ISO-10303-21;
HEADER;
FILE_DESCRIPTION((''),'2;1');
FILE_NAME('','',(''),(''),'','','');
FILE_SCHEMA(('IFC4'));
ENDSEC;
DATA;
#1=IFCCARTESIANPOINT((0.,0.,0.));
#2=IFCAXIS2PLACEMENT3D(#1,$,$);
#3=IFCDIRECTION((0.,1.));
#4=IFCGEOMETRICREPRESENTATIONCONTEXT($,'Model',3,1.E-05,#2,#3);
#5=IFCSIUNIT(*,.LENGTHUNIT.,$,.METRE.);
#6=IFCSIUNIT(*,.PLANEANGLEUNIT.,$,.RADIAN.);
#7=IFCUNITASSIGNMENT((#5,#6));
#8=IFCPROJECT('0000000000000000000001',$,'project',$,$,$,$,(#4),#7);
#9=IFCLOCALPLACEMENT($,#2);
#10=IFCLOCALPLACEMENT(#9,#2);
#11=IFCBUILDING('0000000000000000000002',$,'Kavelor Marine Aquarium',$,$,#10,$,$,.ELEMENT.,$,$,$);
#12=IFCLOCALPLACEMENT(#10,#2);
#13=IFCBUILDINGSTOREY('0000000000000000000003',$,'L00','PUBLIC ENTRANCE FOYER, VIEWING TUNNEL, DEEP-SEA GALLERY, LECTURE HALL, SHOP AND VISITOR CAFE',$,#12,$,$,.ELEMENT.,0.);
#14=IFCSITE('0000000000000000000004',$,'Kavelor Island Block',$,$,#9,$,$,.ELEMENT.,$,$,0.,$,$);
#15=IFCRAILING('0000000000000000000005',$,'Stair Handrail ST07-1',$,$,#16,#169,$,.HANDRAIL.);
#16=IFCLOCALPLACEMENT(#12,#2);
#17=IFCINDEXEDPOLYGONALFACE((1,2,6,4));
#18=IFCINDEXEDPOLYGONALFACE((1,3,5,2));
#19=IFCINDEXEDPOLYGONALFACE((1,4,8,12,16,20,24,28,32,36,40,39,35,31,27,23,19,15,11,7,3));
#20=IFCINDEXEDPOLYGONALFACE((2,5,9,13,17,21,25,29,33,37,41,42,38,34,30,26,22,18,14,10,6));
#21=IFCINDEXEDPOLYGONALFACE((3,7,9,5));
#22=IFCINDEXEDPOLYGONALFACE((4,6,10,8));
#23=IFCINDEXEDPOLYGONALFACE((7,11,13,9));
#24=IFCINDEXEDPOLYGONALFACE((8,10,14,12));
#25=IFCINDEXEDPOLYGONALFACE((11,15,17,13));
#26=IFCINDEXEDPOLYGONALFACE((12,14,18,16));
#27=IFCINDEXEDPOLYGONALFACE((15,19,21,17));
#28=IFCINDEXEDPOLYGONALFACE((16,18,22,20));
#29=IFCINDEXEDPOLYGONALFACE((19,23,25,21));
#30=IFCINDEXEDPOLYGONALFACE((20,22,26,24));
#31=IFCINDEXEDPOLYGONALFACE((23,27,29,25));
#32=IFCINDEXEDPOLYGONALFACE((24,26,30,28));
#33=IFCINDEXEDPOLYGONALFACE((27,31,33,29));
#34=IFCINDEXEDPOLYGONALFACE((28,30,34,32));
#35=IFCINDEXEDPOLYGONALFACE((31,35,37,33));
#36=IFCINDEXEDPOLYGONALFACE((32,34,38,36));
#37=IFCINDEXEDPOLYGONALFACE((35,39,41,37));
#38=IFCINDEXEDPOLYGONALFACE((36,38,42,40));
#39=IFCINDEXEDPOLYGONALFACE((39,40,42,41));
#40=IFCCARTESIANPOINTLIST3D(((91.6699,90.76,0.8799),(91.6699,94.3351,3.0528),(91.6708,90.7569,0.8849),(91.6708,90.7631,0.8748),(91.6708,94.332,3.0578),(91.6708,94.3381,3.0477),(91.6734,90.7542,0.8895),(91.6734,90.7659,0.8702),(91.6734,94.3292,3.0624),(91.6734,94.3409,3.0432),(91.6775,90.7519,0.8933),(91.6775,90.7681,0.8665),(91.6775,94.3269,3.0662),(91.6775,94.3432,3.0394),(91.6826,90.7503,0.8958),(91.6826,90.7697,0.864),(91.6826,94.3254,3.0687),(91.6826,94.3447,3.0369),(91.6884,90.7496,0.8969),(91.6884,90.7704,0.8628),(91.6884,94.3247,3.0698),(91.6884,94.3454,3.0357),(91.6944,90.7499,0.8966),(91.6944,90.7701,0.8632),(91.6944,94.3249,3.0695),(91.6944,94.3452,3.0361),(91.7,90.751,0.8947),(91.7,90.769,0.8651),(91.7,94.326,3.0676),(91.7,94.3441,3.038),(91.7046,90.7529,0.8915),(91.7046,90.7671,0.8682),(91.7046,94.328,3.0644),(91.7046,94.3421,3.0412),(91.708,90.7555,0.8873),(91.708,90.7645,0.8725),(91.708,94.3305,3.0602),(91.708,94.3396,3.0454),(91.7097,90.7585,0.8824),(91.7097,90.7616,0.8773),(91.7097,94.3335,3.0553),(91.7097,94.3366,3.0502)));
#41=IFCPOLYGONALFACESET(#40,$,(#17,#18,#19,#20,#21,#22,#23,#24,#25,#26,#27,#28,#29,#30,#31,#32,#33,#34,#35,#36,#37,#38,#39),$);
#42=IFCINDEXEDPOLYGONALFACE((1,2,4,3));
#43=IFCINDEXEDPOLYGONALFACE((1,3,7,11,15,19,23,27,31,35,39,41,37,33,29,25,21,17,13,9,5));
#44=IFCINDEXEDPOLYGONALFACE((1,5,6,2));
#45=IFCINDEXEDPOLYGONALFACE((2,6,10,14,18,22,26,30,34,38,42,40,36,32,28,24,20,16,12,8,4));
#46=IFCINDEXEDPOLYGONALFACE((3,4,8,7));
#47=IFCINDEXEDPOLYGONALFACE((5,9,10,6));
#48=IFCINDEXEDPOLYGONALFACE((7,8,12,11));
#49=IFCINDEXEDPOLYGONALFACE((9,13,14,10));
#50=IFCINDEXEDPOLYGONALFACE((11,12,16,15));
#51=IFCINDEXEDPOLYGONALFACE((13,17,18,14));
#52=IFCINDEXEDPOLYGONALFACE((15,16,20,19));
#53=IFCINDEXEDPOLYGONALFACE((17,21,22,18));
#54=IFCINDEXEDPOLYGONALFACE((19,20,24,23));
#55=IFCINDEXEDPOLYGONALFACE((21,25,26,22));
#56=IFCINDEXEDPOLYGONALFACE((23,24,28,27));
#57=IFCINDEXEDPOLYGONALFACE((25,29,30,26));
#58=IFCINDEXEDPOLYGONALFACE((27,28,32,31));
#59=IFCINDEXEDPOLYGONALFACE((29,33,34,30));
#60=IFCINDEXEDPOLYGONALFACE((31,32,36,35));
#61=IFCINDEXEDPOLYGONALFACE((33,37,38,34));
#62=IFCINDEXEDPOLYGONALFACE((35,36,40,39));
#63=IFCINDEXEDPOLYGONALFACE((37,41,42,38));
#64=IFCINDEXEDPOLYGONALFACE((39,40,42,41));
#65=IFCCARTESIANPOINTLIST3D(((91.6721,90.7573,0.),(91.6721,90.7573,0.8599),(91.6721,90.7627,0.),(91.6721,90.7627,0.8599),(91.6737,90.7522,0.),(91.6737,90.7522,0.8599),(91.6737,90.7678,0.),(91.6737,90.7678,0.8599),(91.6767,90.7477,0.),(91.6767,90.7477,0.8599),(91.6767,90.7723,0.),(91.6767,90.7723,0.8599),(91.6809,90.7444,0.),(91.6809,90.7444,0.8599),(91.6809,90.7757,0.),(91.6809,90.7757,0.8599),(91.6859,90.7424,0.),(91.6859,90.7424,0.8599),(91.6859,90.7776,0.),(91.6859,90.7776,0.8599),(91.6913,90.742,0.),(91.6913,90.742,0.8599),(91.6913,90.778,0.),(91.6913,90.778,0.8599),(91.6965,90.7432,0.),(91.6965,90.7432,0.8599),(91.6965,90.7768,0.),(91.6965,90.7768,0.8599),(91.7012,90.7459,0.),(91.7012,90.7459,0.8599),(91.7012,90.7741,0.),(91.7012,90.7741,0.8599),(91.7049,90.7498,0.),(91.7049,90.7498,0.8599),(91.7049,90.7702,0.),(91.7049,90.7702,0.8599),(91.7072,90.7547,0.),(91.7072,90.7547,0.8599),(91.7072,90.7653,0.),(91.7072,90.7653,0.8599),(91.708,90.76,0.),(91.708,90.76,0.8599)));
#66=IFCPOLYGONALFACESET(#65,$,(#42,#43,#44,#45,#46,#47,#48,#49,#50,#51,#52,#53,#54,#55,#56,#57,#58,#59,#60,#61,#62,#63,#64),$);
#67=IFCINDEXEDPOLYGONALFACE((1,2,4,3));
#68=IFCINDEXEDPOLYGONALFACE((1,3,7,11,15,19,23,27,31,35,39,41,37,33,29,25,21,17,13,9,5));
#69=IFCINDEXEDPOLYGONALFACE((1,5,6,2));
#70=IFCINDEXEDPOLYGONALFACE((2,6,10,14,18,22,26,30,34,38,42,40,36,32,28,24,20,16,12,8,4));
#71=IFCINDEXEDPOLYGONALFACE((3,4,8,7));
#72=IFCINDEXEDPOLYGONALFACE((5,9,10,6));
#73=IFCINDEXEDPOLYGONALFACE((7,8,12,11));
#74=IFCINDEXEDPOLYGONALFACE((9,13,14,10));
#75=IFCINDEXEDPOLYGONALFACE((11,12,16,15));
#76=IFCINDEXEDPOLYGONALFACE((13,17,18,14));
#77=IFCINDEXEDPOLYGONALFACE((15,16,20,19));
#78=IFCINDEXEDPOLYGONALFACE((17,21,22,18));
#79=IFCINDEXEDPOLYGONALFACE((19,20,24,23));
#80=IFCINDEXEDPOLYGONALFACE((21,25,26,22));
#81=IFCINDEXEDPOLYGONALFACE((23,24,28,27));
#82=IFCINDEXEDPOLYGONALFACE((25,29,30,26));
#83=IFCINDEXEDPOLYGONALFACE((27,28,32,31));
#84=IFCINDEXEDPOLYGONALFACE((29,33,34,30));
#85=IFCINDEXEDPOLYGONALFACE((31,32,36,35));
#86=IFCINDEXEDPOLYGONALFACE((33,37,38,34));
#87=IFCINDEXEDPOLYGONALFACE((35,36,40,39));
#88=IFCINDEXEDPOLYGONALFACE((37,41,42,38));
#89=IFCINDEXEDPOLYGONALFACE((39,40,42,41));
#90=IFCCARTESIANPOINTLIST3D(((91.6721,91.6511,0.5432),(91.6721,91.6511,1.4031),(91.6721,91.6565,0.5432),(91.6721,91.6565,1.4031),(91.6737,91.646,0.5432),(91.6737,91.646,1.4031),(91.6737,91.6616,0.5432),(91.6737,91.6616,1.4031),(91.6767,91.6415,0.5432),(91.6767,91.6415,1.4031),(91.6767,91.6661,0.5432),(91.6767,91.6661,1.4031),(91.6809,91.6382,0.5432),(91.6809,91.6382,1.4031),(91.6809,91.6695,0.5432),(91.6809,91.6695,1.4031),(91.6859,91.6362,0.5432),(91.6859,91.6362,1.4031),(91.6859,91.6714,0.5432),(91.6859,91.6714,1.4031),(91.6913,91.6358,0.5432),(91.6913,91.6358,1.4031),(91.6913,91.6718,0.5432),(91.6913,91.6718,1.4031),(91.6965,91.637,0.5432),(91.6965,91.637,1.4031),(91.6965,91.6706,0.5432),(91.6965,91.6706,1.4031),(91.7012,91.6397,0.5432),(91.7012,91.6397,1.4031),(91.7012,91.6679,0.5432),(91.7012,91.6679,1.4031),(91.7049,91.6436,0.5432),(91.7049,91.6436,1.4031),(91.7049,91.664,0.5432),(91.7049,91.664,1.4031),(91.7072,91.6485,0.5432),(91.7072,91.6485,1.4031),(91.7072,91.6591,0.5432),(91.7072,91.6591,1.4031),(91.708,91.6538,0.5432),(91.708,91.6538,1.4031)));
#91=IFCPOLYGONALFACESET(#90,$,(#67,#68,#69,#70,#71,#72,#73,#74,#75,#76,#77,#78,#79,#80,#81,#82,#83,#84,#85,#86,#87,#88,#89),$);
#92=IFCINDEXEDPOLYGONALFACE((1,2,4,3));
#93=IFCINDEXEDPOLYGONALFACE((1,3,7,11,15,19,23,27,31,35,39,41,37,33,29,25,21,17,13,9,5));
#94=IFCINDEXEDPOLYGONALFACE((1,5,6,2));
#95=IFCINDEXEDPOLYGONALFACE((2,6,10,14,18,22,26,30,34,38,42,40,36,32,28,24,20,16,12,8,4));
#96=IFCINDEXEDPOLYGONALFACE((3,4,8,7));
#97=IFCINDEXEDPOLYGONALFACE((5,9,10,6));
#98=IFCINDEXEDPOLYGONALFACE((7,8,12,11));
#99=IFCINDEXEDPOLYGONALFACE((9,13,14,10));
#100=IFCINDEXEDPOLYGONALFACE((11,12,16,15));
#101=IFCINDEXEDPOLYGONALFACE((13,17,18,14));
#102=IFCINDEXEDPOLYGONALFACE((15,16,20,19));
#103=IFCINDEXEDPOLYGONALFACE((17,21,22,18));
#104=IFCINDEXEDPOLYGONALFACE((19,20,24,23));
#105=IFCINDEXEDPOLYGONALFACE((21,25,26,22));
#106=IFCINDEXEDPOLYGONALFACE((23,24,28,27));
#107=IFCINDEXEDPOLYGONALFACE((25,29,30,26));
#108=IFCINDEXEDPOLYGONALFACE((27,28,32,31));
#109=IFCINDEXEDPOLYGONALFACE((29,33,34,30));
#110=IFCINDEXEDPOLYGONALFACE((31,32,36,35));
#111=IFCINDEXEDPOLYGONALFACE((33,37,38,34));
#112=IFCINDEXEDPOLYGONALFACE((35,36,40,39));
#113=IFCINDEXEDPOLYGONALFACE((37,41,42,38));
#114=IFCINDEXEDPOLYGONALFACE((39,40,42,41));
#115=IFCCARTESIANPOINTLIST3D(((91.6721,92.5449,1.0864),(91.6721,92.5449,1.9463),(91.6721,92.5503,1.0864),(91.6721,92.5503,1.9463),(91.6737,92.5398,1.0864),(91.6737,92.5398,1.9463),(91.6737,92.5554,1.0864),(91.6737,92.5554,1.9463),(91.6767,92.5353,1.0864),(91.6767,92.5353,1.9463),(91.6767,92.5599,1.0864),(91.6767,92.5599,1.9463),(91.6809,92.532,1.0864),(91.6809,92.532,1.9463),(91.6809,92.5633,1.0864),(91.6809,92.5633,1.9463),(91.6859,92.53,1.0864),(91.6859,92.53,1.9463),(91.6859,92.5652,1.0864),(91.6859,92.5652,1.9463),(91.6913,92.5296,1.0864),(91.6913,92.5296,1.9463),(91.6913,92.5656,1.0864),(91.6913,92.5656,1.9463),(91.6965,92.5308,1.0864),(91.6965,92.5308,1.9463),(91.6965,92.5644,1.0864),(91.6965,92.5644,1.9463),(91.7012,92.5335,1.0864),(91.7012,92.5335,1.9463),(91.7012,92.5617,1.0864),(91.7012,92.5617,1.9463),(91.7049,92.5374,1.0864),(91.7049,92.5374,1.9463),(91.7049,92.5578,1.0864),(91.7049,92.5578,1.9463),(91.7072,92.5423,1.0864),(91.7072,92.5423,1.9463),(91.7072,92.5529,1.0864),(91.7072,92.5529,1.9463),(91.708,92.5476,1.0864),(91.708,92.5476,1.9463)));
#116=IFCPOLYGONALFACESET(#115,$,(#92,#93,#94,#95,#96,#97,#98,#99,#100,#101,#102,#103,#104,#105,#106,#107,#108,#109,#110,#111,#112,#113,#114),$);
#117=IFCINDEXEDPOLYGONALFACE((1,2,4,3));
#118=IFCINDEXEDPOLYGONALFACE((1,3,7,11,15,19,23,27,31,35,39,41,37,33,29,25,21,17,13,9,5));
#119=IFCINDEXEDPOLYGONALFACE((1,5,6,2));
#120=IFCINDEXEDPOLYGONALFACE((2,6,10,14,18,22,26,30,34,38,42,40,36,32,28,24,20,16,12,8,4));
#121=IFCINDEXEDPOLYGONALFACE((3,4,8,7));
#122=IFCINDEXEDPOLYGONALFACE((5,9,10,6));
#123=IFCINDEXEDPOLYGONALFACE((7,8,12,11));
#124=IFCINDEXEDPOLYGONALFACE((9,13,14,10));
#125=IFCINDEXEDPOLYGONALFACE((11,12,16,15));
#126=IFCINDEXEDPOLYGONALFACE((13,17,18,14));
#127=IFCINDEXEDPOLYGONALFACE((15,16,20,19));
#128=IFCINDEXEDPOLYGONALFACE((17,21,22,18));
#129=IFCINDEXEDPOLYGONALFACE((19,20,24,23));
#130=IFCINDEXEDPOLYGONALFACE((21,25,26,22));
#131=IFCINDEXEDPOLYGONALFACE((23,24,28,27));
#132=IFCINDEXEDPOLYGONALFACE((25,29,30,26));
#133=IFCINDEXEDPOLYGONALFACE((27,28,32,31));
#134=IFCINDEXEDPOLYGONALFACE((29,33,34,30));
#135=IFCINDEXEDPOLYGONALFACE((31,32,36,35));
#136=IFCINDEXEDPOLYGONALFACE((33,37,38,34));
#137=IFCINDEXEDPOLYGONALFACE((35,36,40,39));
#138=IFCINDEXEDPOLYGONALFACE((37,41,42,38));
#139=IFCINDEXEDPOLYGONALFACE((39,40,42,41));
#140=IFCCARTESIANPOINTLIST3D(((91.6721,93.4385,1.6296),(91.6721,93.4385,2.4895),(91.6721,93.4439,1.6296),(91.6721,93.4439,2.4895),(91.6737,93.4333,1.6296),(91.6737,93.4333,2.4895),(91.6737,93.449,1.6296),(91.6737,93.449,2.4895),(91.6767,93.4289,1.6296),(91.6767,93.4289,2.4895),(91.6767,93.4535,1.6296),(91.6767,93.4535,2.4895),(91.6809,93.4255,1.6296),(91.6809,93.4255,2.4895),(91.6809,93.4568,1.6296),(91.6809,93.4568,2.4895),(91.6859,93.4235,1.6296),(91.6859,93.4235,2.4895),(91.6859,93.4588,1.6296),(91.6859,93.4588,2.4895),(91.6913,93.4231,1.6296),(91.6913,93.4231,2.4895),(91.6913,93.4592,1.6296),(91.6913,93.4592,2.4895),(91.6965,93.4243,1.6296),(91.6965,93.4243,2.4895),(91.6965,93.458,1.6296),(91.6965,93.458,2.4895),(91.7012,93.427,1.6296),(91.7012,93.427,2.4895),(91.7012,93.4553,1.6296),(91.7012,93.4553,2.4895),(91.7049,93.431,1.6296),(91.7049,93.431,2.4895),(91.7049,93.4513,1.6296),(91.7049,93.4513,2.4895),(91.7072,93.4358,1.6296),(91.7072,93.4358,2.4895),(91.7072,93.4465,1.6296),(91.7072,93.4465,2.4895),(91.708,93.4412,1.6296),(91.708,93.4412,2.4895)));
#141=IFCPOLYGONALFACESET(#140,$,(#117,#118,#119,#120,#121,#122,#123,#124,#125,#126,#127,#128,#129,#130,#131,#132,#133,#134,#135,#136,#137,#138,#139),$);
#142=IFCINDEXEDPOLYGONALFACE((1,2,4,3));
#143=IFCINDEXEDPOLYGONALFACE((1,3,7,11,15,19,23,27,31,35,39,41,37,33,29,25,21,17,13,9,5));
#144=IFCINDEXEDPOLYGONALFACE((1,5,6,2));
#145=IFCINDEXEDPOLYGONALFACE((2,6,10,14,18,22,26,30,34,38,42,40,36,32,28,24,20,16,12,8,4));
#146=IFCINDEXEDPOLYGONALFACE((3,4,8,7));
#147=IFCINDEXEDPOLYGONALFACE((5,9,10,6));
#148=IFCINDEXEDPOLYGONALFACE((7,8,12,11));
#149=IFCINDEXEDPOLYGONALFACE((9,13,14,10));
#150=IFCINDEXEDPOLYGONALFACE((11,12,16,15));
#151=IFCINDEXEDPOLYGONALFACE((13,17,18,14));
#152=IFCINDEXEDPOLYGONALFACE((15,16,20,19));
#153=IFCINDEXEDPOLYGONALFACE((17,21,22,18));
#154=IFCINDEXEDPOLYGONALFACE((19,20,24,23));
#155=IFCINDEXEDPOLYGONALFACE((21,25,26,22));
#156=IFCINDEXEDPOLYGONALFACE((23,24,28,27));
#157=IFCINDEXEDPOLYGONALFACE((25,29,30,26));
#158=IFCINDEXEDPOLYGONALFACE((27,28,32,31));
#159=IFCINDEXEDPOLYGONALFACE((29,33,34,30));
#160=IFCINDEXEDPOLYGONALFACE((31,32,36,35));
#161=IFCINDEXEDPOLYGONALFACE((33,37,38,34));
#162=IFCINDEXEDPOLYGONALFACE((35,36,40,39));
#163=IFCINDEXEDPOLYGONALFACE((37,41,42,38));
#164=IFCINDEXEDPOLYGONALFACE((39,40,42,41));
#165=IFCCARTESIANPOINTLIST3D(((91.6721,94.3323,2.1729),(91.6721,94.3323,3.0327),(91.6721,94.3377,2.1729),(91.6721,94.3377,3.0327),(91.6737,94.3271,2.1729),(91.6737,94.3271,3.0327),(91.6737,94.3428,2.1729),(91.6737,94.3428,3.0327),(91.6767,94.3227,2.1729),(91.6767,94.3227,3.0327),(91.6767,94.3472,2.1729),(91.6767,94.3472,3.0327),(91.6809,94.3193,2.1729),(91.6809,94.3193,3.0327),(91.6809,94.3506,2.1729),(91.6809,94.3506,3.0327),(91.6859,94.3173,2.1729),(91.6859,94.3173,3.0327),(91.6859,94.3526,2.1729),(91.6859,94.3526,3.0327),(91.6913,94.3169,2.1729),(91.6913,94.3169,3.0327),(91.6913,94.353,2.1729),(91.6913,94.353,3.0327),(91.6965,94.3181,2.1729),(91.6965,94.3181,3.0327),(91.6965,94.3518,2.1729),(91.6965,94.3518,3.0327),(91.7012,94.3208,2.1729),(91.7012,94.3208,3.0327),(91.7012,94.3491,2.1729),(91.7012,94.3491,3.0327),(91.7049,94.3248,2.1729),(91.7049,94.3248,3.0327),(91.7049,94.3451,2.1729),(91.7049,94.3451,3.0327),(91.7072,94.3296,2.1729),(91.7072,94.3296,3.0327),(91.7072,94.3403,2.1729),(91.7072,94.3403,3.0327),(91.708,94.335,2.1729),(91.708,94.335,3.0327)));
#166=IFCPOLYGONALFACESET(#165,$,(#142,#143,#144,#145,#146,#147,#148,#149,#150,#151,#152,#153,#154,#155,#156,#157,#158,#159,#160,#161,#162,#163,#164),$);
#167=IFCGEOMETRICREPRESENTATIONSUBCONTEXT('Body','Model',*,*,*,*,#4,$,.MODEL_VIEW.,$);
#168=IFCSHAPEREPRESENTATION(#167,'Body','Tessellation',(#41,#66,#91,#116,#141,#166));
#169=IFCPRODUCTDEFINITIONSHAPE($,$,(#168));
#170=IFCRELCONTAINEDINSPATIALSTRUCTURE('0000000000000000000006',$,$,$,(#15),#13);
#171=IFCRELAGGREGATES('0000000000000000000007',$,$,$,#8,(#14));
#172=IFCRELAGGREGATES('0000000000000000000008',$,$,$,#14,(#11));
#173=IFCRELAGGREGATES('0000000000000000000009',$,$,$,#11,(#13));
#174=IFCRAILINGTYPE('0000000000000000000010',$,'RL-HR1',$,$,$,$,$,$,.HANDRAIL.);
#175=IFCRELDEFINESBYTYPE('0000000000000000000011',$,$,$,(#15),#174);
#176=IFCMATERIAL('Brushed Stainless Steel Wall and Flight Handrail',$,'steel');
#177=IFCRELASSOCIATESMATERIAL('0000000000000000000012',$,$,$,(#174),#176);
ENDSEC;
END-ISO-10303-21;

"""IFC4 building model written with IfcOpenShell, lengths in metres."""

from ifc_helpers import new_model, si_unit, direction, frame, origin, origin_2d, place, context, subcontext, project, spatial, circle, extrude, material, type_object, element, save


model = new_model("IFC4")

# Units and contexts
model_context = context("Model", 3, precision=1e-05, world=origin(), true_north=direction((0.0, 1.0)))
body_context = subcontext(model_context, "Body", "Model", "MODEL_VIEW")
ifc_project = project(units=[si_unit("LENGTHUNIT", "METRE"), si_unit("PLANEANGLEUNIT", "RADIAN")], contexts=[model_context])

# Site, building, storey
site_placement = place(None, origin())
site = spatial("IfcSite", under=ifc_project, at=site_placement, Name="Kavelor Island Block", CompositionType="ELEMENT", RefElevation=0.0)
building_placement = place(site_placement, origin())
building = spatial("IfcBuilding", under=site, at=building_placement, Name="Kavelor Marine Aquarium", CompositionType="ELEMENT")
storey_placement = place(building_placement, origin())
storey = spatial("IfcBuildingStorey", under=building, at=storey_placement, Name="L00", Description="PUBLIC ENTRANCE FOYER, VIEWING TUNNEL, DEEP-SEA GALLERY, LECTURE HALL, SHOP AND VISITOR CAFE", CompositionType="ELEMENT", Elevation=0.0)

# Railing
ifc_material_1 = material(Name="Brushed Stainless Steel Wall and Flight Handrail", Category="steel")
railing_type_1 = type_object("IfcRailingType", Name="RL-HR1", PredefinedType="HANDRAIL", material=ifc_material_1)
railing_1_placement = place(storey_placement, frame((91.6899, 90.76, 0.0)))
element("IfcRailing", 1, at=railing_1_placement, inside=storey, type_object=railing_type_1, Name="Stair Handrail ST07-1", PredefinedType="HANDRAIL", context=body_context, shape_type="SweptSolid", body=[
    extrude(circle(Radius=0.02, at=origin_2d()), frame((0.0, 0.0, 0.8799), z_axis=(0.0, 0.854539, 0.519388), x_axis=(-1.0, 0.0, 0.0)), (0.0, 0.0, 1.0), 4.1836),
    extrude(circle(Radius=0.0181, at=origin_2d()), origin(), (0.0, 0.0, 1.0), 0.8599),
    extrude(circle(Radius=0.0181, at=origin_2d()), frame((0.0, 0.8938, 0.5432)), (0.0, 0.0, 1.0), 0.8599),
    extrude(circle(Radius=0.0181, at=origin_2d()), frame((0.0, 1.7876, 1.0864)), (0.0, 0.0, 1.0), 0.8599),
    extrude(circle(Radius=0.0181, at=origin_2d()), frame((0.0, 2.6812, 1.6296)), (0.0, 0.0, 1.0), 0.8599),
    extrude(circle(Radius=0.0181, at=origin_2d()), frame((0.0, 3.575, 2.1729)), (0.0, 0.0, 1.0), 0.8599),
])

save(model, "model.ifc")
